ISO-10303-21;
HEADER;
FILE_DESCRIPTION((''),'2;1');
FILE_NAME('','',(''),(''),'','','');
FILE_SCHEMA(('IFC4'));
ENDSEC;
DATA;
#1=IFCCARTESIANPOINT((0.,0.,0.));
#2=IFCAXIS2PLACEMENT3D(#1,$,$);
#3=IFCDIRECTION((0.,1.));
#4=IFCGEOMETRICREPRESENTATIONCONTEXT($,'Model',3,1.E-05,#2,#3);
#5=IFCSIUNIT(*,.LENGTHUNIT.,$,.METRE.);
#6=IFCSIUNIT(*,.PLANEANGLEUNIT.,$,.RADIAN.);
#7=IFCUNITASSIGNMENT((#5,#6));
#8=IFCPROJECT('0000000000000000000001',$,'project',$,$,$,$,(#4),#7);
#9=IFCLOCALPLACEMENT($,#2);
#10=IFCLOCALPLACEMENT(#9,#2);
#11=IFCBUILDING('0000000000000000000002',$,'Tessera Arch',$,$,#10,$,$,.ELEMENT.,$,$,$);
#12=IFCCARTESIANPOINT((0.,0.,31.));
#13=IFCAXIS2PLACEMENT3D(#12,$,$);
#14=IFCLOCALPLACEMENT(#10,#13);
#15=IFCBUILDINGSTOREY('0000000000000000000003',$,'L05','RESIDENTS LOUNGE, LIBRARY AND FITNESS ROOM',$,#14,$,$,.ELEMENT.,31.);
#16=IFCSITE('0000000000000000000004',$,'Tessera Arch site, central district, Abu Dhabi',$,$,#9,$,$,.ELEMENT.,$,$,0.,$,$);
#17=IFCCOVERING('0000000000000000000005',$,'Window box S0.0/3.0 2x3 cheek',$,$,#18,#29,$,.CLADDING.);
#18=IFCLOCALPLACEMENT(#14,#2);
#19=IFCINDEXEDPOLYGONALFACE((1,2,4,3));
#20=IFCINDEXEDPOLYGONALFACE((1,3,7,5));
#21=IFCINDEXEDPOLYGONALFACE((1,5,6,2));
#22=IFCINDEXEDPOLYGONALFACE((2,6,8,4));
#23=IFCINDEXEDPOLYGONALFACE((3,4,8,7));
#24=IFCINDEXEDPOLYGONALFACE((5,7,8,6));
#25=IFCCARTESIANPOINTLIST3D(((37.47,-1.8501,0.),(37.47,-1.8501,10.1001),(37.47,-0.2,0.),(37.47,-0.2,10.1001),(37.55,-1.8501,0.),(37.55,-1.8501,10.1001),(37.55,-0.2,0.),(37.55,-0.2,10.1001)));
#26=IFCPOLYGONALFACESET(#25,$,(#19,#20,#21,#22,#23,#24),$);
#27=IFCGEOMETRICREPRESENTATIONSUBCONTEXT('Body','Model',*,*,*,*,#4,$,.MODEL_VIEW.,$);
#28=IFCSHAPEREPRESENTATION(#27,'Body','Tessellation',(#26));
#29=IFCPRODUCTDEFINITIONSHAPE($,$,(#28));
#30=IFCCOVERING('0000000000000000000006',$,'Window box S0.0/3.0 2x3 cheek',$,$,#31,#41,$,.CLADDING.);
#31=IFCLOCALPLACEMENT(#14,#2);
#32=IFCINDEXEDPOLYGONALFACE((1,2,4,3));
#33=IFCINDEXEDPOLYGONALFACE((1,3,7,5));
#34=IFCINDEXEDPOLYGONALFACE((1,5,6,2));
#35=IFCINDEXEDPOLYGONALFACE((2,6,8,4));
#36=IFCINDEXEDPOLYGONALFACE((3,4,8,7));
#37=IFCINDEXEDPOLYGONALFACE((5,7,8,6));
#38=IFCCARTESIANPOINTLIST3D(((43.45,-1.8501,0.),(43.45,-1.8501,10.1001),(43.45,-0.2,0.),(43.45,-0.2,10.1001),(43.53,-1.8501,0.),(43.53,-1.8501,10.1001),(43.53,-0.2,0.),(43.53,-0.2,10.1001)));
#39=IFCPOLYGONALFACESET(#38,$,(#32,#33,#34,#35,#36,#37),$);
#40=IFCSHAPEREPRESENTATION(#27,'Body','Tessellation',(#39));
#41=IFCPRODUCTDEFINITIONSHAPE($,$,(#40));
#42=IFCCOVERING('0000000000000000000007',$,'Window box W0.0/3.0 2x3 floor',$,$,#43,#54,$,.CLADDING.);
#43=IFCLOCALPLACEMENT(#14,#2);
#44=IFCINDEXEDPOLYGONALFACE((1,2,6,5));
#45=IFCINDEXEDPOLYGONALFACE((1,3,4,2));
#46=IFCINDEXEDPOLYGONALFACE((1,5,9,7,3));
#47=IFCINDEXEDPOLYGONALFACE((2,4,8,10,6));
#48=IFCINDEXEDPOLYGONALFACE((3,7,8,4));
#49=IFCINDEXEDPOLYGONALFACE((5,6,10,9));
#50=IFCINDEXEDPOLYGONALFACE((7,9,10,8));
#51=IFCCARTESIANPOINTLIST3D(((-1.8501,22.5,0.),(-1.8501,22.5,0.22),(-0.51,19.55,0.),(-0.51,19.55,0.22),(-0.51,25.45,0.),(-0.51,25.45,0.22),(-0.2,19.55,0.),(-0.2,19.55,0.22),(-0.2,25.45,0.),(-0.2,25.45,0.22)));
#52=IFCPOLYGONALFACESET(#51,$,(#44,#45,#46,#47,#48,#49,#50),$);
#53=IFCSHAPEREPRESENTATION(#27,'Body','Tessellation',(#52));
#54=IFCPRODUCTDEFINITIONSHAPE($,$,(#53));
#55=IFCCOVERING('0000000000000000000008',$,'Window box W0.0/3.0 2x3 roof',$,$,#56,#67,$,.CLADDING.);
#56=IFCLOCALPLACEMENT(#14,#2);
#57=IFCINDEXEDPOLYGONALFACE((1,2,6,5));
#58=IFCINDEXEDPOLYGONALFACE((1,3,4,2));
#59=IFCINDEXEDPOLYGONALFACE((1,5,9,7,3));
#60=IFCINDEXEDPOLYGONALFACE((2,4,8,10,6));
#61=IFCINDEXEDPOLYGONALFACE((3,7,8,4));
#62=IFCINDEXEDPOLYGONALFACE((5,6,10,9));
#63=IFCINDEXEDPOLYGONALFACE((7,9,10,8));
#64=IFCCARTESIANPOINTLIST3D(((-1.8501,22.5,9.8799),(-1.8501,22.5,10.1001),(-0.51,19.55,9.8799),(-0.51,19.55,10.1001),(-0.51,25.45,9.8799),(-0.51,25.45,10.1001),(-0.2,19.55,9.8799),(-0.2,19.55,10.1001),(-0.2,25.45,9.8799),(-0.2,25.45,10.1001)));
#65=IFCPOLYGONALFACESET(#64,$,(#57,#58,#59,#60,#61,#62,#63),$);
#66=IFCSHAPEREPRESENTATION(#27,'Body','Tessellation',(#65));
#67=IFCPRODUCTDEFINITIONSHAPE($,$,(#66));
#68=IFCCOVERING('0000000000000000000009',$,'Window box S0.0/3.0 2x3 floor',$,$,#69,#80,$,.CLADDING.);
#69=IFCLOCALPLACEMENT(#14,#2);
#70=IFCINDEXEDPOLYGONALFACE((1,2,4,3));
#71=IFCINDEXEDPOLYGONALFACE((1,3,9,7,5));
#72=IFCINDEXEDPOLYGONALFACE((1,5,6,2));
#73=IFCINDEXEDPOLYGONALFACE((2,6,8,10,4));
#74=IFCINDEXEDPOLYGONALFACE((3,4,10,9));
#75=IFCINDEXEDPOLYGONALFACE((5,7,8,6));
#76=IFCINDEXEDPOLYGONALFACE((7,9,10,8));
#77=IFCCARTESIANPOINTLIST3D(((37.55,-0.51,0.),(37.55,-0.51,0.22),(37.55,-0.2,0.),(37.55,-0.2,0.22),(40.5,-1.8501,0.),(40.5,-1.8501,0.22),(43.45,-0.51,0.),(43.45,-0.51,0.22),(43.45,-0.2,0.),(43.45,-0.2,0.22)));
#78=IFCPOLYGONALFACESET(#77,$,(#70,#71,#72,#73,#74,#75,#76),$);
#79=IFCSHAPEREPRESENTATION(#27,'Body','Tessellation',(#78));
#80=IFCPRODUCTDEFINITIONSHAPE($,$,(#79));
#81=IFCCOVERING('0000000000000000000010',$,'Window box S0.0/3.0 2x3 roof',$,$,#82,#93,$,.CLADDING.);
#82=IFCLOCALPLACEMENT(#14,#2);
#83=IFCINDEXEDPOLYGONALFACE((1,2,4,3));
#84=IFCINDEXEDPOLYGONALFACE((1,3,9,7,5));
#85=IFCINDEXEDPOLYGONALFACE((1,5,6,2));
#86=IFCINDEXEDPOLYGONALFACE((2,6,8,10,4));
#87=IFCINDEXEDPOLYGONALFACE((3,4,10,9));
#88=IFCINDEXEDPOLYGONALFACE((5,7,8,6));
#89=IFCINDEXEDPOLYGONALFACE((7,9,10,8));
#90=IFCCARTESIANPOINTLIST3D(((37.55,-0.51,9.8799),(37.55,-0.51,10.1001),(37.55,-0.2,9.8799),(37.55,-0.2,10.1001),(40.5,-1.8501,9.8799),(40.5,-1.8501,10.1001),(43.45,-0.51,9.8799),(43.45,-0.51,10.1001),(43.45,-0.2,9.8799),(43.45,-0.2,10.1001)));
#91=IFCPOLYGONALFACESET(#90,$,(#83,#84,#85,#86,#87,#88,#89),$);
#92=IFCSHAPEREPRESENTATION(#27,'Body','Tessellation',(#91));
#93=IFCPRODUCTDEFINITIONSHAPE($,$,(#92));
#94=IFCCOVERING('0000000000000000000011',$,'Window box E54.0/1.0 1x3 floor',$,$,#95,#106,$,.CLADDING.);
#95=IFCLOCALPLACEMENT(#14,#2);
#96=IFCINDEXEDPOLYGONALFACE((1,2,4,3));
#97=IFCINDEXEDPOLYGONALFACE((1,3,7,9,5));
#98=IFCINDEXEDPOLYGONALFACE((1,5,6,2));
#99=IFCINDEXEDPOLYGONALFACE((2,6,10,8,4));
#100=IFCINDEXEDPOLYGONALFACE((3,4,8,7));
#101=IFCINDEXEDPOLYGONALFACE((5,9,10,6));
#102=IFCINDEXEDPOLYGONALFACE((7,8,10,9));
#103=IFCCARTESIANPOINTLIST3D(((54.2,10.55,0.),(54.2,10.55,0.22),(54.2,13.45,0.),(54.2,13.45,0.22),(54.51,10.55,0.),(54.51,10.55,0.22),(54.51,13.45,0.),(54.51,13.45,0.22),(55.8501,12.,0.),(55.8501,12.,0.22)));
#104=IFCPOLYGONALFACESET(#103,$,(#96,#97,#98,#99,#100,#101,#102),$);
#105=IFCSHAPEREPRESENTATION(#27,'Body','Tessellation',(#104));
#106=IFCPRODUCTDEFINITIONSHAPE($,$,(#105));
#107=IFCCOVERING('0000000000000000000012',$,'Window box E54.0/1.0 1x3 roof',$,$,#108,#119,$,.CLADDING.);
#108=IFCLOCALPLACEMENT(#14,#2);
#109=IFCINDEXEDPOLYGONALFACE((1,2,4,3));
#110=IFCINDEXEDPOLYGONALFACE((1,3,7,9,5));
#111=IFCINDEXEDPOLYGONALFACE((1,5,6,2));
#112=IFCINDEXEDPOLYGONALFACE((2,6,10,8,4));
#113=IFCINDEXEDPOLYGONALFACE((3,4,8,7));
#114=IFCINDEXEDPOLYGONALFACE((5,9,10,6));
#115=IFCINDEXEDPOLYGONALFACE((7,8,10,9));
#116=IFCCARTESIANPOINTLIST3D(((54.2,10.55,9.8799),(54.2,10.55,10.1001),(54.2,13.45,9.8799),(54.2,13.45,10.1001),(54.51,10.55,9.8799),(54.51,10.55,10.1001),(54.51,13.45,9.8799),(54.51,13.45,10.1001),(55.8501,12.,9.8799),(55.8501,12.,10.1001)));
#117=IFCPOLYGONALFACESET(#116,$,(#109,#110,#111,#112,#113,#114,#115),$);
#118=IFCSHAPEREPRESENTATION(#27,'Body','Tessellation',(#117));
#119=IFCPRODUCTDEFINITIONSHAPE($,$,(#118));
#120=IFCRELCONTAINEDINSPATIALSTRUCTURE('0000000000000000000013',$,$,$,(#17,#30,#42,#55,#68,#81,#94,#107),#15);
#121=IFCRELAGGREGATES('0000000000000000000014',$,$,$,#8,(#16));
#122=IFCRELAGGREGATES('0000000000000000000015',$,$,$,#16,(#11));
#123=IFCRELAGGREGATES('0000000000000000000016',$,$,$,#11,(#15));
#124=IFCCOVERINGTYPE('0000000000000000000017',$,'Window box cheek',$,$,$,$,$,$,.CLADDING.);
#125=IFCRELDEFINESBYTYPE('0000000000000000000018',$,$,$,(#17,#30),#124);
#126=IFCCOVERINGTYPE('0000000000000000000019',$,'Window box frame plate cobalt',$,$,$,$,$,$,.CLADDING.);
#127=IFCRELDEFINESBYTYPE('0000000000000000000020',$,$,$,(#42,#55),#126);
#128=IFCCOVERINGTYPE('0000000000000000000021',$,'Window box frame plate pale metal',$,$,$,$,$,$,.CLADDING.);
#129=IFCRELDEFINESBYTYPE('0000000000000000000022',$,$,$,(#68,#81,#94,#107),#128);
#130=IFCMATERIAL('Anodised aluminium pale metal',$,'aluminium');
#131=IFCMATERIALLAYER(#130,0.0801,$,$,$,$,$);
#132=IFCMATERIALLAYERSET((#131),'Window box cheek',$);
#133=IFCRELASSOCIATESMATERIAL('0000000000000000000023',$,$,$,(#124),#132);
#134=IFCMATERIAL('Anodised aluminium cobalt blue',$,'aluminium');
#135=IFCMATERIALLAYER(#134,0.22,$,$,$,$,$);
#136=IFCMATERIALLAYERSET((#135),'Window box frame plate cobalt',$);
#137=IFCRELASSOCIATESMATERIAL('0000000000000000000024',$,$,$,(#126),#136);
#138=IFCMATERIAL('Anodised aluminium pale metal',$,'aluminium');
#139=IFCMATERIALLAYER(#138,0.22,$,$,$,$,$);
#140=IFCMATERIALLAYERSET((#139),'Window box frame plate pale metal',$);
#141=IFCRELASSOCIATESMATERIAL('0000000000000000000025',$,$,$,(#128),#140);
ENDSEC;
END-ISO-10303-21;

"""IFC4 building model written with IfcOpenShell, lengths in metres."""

from ifc_helpers import new_model, si_unit, direction, frame, origin, place, context, subcontext, project, spatial, polyline, outline, extrude, material, layer, layer_set, type_object, element, save


model = new_model("IFC4")

# Units and contexts
model_context = context("Model", 3, precision=1e-05, world=origin(), true_north=direction((0.0, 1.0)))
body_context = subcontext(model_context, "Body", "Model", "MODEL_VIEW")
ifc_project = project(units=[si_unit("LENGTHUNIT", "METRE"), si_unit("PLANEANGLEUNIT", "RADIAN")], contexts=[model_context])

# Site, building, storey
site_placement = place(None, origin())
site = spatial("IfcSite", under=ifc_project, at=site_placement, Name="Tessera Arch site, central district, Abu Dhabi", CompositionType="ELEMENT", RefElevation=0.0)
building_placement = place(site_placement, origin())
building = spatial("IfcBuilding", under=site, at=building_placement, Name="Tessera Arch", CompositionType="ELEMENT")
storey_placement = place(building_placement, frame((0.0, 0.0, 31.0)))
storey = spatial("IfcBuildingStorey", under=building, at=storey_placement, Name="L05", Description="RESIDENTS LOUNGE, LIBRARY AND FITNESS ROOM", CompositionType="ELEMENT", Elevation=31.0)

# Coverings
ifc_material_1 = material(Name="Anodised aluminium pale metal", Category="aluminium")
ifc_layer_1 = layer(ifc_material_1, 0.0801)
ifc_layer_set_1 = layer_set([ifc_layer_1], Name="Window box cheek")
covering_type_1 = type_object("IfcCoveringType", Name="Window box cheek", PredefinedType="CLADDING", material=ifc_layer_set_1)
covering_1_placement = place(storey_placement, origin())
element("IfcCovering", 1, at=covering_1_placement, inside=storey, type_object=covering_type_1, Name="Window box S0.0/3.0 2x3 cheek", PredefinedType="CLADDING", context=body_context, shape_type="SweptSolid", body=[
    extrude(outline(polyline([(37.47, -1.8501), (37.55, -1.8501), (37.55, -0.2), (37.47, -0.2), (37.47, -1.8501)])), origin(), (0.0, 0.0, 1.0), 10.1001),
])
covering_2_placement = place(storey_placement, origin())
element("IfcCovering", 2, at=covering_2_placement, inside=storey, type_object=covering_type_1, Name="Window box S0.0/3.0 2x3 cheek", PredefinedType="CLADDING", context=body_context, shape_type="SweptSolid", body=[
    extrude(outline(polyline([(43.45, -1.8501), (43.53, -1.8501), (43.53, -0.2), (43.45, -0.2), (43.45, -1.8501)])), origin(), (0.0, 0.0, 1.0), 10.1001),
])
ifc_material_2 = material(Name="Anodised aluminium cobalt blue", Category="aluminium")
ifc_layer_2 = layer(ifc_material_2, 0.22)
ifc_layer_set_2 = layer_set([ifc_layer_2], Name="Window box frame plate cobalt")
covering_type_2 = type_object("IfcCoveringType", Name="Window box frame plate cobalt", PredefinedType="CLADDING", material=ifc_layer_set_2)
covering_3_placement = place(storey_placement, origin())
element("IfcCovering", 3, at=covering_3_placement, inside=storey, type_object=covering_type_2, Name="Window box W0.0/3.0 2x3 floor", PredefinedType="CLADDING", context=body_context, shape_type="SweptSolid", body=[
    extrude(outline(polyline([(-0.51, 25.45), (-1.8501, 22.5), (-0.51, 19.55), (-0.2, 19.55), (-0.2, 25.45), (-0.51, 25.45)])), origin(), (0.0, 0.0, 1.0), 0.22),
])
covering_4_placement = place(storey_placement, frame((0.0, 0.0, 9.8799)))
element("IfcCovering", 4, at=covering_4_placement, inside=storey, type_object=covering_type_2, Name="Window box W0.0/3.0 2x3 roof", PredefinedType="CLADDING", context=body_context, shape_type="SweptSolid", body=[
    extrude(outline(polyline([(-0.51, 25.45), (-1.8501, 22.5), (-0.51, 19.55), (-0.2, 19.55), (-0.2, 25.45), (-0.51, 25.45)])), origin(), (0.0, 0.0, 1.0), 0.2202),
])
ifc_material_3 = material(Name="Anodised aluminium pale metal", Category="aluminium")
ifc_layer_3 = layer(ifc_material_3, 0.22)
ifc_layer_set_3 = layer_set([ifc_layer_3], Name="Window box frame plate pale metal")
covering_type_3 = type_object("IfcCoveringType", Name="Window box frame plate pale metal", PredefinedType="CLADDING", material=ifc_layer_set_3)
covering_5_placement = place(storey_placement, origin())
element("IfcCovering", 5, at=covering_5_placement, inside=storey, type_object=covering_type_3, Name="Window box S0.0/3.0 2x3 floor", PredefinedType="CLADDING", context=body_context, shape_type="SweptSolid", body=[
    extrude(outline(polyline([(37.55, -0.51), (40.5, -1.8501), (43.45, -0.51), (43.45, -0.2), (37.55, -0.2), (37.55, -0.51)])), origin(), (0.0, 0.0, 1.0), 0.22),
])
covering_6_placement = place(storey_placement, frame((0.0, 0.0, 9.8799)))
element("IfcCovering", 6, at=covering_6_placement, inside=storey, type_object=covering_type_3, Name="Window box S0.0/3.0 2x3 roof", PredefinedType="CLADDING", context=body_context, shape_type="SweptSolid", body=[
    extrude(outline(polyline([(37.55, -0.51), (40.5, -1.8501), (43.45, -0.51), (43.45, -0.2), (37.55, -0.2), (37.55, -0.51)])), origin(), (0.0, 0.0, 1.0), 0.2202),
])
covering_7_placement = place(storey_placement, origin())
element("IfcCovering", 7, at=covering_7_placement, inside=storey, type_object=covering_type_3, Name="Window box E54.0/1.0 1x3 floor", PredefinedType="CLADDING", context=body_context, shape_type="SweptSolid", body=[
    extrude(outline(polyline([(54.51, 10.55), (55.8501, 12.0), (54.51, 13.45), (54.2, 13.45), (54.2, 10.55), (54.51, 10.55)])), origin(), (0.0, 0.0, 1.0), 0.22),
])
covering_8_placement = place(storey_placement, frame((0.0, 0.0, 9.8799)))
element("IfcCovering", 8, at=covering_8_placement, inside=storey, type_object=covering_type_3, Name="Window box E54.0/1.0 1x3 roof", PredefinedType="CLADDING", context=body_context, shape_type="SweptSolid", body=[
    extrude(outline(polyline([(54.51, 10.55), (55.8501, 12.0), (54.51, 13.45), (54.2, 13.45), (54.2, 10.55), (54.51, 10.55)])), origin(), (0.0, 0.0, 1.0), 0.2202),
])

save(model, "model.ifc")
